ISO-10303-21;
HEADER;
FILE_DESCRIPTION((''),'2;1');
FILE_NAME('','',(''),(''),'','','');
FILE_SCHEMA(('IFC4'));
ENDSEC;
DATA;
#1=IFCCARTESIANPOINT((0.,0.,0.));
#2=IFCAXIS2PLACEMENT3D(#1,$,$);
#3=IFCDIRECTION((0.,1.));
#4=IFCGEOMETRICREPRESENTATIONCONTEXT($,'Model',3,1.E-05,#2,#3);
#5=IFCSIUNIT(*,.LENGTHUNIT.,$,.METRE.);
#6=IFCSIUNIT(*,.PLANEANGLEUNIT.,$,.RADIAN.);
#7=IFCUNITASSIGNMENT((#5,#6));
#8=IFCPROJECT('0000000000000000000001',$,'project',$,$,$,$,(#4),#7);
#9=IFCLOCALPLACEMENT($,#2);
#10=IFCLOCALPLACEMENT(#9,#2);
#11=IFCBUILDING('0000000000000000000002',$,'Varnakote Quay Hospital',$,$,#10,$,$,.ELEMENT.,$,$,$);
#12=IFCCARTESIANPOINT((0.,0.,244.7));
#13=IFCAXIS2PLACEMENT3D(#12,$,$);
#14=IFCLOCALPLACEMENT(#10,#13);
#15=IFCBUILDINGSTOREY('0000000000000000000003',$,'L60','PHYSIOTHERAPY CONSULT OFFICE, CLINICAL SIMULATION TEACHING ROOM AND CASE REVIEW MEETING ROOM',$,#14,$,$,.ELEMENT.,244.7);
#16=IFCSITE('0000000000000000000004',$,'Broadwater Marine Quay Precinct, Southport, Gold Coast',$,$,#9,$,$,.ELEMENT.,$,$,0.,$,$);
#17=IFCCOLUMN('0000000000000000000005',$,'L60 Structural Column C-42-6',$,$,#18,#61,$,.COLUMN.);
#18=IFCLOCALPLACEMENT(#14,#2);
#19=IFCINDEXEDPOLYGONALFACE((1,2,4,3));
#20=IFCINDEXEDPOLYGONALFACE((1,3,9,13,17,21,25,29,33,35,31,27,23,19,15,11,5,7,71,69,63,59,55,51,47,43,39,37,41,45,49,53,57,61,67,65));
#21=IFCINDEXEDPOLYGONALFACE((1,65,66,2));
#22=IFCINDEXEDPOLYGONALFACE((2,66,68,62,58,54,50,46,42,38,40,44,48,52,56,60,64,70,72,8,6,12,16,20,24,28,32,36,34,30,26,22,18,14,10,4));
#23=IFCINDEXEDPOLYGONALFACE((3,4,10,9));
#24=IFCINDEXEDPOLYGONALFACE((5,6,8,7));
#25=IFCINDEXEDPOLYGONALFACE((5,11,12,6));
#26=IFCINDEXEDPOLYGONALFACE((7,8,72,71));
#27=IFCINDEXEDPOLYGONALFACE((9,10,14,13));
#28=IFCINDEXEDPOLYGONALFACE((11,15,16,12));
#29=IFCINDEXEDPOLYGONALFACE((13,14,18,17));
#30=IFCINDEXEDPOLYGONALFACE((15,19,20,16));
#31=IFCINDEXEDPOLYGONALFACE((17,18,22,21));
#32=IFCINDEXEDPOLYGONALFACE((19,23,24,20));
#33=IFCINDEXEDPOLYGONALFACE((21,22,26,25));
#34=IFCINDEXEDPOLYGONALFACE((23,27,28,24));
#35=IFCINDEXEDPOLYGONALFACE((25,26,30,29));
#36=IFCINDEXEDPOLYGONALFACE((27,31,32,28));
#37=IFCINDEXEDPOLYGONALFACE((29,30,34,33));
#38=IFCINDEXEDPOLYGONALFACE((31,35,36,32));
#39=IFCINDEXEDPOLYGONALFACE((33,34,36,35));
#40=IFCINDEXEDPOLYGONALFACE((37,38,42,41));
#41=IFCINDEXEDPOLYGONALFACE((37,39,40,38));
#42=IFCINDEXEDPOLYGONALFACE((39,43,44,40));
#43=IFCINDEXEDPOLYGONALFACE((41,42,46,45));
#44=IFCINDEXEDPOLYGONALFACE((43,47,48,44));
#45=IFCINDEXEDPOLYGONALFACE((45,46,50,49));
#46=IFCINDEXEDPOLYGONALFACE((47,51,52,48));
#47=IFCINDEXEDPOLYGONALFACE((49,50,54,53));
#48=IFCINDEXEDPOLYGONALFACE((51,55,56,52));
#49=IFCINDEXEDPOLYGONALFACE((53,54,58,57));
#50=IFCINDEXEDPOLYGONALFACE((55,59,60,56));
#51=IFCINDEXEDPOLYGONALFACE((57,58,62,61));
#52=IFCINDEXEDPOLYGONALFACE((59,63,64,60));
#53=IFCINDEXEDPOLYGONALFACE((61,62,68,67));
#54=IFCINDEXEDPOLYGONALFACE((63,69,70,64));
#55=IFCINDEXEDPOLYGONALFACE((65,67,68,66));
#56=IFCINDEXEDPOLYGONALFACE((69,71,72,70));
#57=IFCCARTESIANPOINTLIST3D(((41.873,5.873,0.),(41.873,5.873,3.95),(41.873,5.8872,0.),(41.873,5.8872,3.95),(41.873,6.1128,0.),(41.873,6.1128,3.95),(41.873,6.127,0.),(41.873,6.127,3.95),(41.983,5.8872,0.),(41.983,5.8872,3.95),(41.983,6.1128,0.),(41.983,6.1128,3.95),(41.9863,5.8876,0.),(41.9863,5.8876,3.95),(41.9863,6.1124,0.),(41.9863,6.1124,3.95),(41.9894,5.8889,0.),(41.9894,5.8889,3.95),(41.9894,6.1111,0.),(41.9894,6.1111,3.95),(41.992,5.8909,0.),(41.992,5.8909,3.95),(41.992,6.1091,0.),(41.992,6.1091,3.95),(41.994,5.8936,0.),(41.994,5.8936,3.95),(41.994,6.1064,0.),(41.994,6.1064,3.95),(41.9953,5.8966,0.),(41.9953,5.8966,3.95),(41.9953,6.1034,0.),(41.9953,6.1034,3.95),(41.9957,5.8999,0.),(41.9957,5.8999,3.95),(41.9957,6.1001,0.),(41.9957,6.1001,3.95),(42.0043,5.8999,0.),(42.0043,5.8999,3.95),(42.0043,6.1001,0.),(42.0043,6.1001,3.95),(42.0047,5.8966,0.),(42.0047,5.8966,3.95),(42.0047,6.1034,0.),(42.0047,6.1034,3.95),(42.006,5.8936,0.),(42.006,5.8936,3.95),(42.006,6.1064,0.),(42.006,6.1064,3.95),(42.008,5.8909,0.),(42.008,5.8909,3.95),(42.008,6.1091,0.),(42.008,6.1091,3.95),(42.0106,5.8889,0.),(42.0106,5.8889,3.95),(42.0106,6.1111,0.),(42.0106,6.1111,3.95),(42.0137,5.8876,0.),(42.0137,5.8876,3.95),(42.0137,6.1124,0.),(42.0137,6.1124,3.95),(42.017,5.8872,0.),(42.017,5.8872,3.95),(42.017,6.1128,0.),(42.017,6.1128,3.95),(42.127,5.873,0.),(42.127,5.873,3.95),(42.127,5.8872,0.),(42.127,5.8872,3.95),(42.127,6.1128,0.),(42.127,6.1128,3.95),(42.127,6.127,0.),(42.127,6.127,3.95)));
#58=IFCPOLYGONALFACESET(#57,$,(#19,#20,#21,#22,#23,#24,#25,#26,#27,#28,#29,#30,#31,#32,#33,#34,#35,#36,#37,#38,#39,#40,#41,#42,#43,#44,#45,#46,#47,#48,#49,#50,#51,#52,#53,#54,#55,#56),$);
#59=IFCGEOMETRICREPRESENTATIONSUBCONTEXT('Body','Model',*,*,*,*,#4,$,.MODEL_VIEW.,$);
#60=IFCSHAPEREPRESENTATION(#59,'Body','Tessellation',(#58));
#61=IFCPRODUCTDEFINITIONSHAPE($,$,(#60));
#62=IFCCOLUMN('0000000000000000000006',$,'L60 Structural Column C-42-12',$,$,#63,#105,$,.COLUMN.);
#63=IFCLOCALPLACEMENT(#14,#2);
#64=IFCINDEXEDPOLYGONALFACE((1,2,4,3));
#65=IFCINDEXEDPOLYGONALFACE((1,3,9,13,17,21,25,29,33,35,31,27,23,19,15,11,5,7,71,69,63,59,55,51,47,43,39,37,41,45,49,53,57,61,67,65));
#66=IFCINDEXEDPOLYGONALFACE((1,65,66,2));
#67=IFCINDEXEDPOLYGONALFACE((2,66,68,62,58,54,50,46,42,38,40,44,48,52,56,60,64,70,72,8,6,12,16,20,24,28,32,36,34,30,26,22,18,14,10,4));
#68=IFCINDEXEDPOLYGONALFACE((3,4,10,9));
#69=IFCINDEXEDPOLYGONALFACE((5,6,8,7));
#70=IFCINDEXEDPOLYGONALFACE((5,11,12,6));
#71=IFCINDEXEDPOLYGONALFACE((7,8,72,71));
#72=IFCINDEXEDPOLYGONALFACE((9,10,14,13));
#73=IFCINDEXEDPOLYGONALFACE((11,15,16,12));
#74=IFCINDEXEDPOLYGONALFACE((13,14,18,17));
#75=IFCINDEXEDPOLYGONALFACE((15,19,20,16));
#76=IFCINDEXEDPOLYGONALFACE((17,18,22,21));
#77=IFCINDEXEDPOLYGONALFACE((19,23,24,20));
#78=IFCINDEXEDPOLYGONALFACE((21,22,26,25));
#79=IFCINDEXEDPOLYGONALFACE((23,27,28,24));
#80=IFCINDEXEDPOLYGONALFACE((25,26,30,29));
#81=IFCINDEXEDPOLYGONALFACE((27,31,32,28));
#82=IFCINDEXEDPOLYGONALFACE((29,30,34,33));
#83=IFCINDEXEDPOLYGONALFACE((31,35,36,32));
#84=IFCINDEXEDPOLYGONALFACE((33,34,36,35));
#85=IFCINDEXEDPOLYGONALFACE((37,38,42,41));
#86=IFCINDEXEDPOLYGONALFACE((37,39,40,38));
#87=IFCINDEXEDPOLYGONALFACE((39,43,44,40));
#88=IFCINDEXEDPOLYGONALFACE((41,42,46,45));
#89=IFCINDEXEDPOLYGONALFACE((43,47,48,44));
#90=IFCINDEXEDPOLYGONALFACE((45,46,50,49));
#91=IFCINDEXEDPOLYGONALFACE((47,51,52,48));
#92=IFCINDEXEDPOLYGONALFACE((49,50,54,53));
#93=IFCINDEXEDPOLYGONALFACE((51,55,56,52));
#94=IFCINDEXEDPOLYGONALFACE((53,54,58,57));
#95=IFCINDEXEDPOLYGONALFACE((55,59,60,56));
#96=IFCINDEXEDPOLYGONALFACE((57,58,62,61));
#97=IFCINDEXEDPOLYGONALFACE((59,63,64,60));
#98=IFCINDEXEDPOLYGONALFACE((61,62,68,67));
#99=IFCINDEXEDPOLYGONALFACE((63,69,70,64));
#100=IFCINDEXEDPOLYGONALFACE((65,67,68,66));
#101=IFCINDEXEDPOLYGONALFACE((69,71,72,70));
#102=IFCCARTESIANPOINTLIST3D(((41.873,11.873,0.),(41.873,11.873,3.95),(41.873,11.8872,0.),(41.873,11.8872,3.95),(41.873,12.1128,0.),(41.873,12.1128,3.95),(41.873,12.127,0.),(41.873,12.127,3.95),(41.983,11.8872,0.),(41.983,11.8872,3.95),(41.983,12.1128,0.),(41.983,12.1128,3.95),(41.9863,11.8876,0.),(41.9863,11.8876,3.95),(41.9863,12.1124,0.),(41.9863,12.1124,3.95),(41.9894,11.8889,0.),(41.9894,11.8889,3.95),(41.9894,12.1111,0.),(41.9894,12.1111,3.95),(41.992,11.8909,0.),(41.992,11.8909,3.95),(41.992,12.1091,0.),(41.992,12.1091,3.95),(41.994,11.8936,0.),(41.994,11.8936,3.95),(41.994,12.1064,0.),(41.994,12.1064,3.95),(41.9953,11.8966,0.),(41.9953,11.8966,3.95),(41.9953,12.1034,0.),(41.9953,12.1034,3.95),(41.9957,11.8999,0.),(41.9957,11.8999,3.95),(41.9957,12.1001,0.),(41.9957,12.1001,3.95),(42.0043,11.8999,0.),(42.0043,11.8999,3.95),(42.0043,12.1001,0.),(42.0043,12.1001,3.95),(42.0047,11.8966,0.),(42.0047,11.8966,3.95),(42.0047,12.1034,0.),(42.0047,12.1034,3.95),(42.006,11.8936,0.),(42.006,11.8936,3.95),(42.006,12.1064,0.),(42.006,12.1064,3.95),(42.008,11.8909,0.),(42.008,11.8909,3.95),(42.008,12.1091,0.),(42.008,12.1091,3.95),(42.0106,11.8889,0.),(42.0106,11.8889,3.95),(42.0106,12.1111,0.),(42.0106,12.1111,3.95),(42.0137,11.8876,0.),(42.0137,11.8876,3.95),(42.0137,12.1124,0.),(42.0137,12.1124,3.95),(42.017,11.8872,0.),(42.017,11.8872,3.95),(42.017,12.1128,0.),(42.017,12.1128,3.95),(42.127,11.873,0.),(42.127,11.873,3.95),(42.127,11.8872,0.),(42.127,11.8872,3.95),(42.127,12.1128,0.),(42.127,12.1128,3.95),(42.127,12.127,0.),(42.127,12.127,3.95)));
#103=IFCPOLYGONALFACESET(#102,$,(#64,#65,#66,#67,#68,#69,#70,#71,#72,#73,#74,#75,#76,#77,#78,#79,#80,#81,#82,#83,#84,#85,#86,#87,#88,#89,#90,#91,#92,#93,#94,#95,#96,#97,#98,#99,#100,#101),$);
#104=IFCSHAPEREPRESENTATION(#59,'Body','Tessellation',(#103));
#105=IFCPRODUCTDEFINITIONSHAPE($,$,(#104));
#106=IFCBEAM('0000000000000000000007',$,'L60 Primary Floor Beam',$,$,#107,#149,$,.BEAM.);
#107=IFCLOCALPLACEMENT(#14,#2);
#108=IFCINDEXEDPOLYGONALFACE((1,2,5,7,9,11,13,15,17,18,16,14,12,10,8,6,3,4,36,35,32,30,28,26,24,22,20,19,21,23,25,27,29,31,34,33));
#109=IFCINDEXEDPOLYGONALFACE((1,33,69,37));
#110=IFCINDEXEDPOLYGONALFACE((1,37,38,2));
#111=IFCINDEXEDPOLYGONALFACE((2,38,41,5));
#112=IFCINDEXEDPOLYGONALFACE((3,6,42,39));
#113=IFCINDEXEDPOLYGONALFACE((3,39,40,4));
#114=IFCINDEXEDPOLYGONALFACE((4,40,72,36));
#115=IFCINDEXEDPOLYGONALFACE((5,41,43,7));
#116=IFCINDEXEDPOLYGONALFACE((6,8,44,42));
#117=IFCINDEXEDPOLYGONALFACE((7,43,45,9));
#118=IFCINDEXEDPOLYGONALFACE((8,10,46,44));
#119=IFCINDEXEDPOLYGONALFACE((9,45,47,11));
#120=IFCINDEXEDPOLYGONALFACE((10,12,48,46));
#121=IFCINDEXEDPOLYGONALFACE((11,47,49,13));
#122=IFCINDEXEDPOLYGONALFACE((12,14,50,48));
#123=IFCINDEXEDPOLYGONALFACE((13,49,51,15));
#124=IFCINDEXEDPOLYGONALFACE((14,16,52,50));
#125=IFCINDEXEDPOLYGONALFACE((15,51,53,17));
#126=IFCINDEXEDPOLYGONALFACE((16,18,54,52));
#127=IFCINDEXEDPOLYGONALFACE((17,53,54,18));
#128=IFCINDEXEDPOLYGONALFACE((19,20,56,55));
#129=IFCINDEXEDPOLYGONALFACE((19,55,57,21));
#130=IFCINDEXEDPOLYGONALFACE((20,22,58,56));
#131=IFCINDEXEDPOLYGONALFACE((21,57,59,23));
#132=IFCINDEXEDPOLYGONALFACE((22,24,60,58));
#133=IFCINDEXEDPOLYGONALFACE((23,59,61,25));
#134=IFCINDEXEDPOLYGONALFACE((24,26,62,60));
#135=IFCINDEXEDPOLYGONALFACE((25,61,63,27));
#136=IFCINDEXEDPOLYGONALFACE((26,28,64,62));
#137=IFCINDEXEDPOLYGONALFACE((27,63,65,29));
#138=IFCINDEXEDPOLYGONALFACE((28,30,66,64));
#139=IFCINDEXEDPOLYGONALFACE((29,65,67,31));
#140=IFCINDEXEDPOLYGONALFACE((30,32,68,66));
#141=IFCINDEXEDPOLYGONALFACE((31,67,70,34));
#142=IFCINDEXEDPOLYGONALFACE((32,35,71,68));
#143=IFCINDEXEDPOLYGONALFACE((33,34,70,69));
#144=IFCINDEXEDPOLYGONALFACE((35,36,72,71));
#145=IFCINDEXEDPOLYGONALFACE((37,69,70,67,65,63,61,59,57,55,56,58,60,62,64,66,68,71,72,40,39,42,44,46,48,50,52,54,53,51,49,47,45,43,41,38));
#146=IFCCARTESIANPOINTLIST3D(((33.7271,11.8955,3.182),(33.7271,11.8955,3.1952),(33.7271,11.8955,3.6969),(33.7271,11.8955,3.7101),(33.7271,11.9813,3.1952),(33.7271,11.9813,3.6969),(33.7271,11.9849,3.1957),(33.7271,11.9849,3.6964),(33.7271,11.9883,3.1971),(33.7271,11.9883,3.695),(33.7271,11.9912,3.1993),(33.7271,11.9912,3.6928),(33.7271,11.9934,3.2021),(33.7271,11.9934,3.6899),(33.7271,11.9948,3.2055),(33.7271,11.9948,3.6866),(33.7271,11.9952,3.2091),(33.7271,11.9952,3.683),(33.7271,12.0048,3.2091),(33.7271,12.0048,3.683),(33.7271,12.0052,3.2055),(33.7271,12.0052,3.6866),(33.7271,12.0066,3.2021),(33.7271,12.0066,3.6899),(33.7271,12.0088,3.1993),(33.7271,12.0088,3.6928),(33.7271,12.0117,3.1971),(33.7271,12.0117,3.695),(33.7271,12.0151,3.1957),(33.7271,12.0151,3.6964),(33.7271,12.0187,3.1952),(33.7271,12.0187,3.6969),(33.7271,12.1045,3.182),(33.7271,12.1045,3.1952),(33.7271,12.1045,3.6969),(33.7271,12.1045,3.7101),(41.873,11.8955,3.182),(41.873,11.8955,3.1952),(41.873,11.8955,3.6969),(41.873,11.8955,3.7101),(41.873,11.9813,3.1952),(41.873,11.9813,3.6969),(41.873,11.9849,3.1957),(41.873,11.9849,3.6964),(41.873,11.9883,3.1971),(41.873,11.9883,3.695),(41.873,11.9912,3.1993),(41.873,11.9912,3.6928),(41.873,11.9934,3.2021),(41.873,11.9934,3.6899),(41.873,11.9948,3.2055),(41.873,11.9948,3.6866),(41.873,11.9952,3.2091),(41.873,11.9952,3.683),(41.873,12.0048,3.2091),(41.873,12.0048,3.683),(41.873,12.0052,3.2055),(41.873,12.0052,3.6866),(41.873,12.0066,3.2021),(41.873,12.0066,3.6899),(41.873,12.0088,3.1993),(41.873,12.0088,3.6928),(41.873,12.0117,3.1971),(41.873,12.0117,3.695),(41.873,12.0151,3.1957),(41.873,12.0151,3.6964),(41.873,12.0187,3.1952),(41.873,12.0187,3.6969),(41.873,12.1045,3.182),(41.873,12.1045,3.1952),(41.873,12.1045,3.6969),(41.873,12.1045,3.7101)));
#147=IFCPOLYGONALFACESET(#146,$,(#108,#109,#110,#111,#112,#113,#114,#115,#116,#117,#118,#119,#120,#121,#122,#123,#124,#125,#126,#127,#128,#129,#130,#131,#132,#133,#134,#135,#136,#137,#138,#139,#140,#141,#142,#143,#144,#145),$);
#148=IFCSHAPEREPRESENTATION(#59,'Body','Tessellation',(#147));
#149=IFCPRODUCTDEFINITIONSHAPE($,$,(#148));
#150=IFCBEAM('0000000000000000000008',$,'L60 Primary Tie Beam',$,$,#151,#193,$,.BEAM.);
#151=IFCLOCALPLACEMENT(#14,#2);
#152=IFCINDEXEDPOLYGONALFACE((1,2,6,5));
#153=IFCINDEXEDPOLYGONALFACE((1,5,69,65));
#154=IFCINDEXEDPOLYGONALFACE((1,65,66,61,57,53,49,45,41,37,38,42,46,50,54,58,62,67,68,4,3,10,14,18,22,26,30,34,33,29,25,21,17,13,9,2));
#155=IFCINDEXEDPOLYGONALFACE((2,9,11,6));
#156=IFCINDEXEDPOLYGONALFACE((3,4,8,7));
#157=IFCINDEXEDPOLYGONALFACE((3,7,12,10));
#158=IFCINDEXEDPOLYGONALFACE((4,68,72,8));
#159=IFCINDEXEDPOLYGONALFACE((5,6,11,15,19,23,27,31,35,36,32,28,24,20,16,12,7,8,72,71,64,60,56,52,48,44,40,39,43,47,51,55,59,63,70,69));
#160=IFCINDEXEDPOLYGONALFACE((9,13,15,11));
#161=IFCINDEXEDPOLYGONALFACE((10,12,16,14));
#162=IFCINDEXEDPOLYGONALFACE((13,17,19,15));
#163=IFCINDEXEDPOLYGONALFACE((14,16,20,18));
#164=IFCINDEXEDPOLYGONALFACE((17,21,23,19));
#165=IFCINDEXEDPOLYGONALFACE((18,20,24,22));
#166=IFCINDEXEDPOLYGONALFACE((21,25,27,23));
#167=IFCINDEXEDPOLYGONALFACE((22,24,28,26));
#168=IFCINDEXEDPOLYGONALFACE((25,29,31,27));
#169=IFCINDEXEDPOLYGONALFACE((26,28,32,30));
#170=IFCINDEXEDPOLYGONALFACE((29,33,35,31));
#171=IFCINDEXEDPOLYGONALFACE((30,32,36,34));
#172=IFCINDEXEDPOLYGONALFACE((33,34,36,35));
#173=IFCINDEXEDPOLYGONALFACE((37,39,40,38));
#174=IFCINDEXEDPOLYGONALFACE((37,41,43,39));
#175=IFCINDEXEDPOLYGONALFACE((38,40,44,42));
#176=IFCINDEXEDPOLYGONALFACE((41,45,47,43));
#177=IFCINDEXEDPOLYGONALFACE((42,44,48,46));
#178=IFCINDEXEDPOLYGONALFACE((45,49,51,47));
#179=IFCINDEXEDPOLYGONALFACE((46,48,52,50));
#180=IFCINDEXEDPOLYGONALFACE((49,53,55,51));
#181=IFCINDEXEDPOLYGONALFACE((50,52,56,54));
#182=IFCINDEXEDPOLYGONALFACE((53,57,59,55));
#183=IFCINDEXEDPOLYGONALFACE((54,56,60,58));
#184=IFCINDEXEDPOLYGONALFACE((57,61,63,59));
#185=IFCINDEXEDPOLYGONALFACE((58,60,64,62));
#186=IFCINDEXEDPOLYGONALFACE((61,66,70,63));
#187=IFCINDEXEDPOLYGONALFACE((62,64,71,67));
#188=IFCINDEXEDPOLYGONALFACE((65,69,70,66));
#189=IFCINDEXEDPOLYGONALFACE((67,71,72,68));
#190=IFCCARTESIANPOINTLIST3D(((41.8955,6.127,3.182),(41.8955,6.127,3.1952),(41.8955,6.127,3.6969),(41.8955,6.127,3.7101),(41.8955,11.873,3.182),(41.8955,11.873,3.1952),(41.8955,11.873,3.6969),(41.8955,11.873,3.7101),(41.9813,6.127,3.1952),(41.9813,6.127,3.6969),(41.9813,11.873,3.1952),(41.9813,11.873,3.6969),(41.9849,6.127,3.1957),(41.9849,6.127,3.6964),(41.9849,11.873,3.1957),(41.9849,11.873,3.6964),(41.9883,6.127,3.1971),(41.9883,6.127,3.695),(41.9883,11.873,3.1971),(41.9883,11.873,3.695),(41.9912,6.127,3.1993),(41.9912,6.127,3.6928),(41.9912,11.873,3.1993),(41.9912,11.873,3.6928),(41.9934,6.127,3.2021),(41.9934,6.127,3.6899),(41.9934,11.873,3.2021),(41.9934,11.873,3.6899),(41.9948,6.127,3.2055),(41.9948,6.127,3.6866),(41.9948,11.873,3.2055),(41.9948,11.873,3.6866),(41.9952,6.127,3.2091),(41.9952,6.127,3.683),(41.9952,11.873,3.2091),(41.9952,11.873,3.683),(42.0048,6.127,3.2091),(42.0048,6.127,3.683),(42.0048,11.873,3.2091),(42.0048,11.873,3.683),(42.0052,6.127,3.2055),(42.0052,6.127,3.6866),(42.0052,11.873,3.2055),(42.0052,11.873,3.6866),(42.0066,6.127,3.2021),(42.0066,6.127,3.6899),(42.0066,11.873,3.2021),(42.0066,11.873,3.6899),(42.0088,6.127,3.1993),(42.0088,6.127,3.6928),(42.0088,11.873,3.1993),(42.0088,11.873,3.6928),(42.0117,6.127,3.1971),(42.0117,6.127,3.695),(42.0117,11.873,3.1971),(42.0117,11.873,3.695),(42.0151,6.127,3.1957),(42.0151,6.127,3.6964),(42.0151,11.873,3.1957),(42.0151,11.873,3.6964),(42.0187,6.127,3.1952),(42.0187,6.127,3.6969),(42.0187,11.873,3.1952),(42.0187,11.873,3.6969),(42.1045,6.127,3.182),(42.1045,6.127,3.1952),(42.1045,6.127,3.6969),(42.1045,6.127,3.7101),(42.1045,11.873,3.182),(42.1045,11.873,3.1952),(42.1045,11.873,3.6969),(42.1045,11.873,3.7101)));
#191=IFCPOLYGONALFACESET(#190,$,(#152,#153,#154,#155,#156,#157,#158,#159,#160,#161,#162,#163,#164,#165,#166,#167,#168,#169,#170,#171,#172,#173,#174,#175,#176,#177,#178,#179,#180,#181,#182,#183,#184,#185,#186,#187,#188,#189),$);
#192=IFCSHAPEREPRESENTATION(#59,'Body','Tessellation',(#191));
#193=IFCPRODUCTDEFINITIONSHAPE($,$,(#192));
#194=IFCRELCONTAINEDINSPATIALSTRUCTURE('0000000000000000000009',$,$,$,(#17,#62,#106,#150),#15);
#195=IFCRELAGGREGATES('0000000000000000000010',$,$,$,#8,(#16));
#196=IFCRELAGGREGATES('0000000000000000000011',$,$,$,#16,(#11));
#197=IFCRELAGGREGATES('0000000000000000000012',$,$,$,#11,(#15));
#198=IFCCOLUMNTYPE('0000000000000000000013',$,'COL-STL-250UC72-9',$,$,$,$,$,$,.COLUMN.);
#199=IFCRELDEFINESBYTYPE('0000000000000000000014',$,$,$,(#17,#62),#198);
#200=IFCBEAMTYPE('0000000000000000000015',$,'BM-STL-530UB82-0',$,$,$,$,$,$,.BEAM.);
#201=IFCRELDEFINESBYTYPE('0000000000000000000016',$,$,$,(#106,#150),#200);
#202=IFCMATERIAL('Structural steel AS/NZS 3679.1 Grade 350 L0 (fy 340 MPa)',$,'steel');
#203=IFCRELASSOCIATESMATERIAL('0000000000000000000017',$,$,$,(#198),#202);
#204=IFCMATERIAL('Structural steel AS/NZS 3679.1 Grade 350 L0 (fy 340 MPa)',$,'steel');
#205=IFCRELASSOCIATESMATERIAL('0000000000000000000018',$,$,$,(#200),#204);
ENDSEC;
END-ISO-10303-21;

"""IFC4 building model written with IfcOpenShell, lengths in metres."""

from ifc_helpers import new_model, si_unit, direction, frame, origin, origin_2d, place, context, subcontext, project, spatial, i_section, extrude, material, material_profile, profile_set, type_object, element, save


model = new_model("IFC4")

# Units and contexts
model_context = context("Model", 3, precision=1e-05, world=origin(), true_north=direction((0.0, 1.0)))
body_context = subcontext(model_context, "Body", "Model", "MODEL_VIEW")
ifc_project = project(units=[si_unit("LENGTHUNIT", "METRE"), si_unit("PLANEANGLEUNIT", "RADIAN")], contexts=[model_context])

# Site, building, storey
site_placement = place(None, origin())
site = spatial("IfcSite", under=ifc_project, at=site_placement, Name="Broadwater Marine Quay Precinct, Southport, Gold Coast", CompositionType="ELEMENT", RefElevation=0.0)
building_placement = place(site_placement, origin())
building = spatial("IfcBuilding", under=site, at=building_placement, Name="Varnakote Quay Hospital", CompositionType="ELEMENT")
storey_placement = place(building_placement, frame((0.0, 0.0, 244.7)))
storey = spatial("IfcBuildingStorey", under=building, at=storey_placement, Name="L60", Description="PHYSIOTHERAPY CONSULT OFFICE, CLINICAL SIMULATION TEACHING ROOM AND CASE REVIEW MEETING ROOM", CompositionType="ELEMENT", Elevation=244.7)

# Columns
ifc_material_1 = material(Name="Structural steel AS/NZS 3679.1 Grade 350 L0 (fy 340 MPa)", Category="steel")
ifc_material_profile_1 = material_profile(ifc_material_1, i_section(OverallWidth=0.2539, OverallDepth=0.2539, WebThickness=0.0085, FlangeThickness=0.0142, FilletRadius=0.0127, at=origin_2d()), Name="250UC72.9")
ifc_profile_set_1 = profile_set([ifc_material_profile_1], Name="Structural steel AS/NZS 3679.1 Grade 350 L0 (fy 340 MPa)")
column_type = type_object("IfcColumnType", Name="COL-STL-250UC72-9", PredefinedType="COLUMN", material=ifc_profile_set_1)
for number, where, z_axis, x_axis, name in (
    (1, (42.0, 6.0, 0.0), (0.0, 0.0, 1.0), (1.0, 0.0, 0.0), "L60 Structural Column C-42-6"),
    (2, (42.0, 12.0, 0.0), (0.0, 0.0, 1.0), (1.0, 0.0, 0.0), "L60 Structural Column C-42-12"),
):
    element("IfcColumn", number, at=place(storey_placement, frame(where, z_axis=z_axis, x_axis=x_axis)), inside=storey, type_object=column_type, Name=name, PredefinedType="COLUMN", context=body_context, shape_type="SweptSolid", body=[
        extrude(i_section(OverallWidth=0.2539, OverallDepth=0.2539, WebThickness=0.0085, FlangeThickness=0.0142, FilletRadius=0.0127, at=origin_2d()), origin(), (0.0, 0.0, 1.0), 3.95),
    ])

# Beams
ifc_material_2 = material(Name="Structural steel AS/NZS 3679.1 Grade 350 L0 (fy 340 MPa)", Category="steel")
ifc_material_profile_2 = material_profile(ifc_material_2, i_section(OverallWidth=0.209, OverallDepth=0.5281, WebThickness=0.0095, FlangeThickness=0.0132, FilletRadius=0.0139, at=origin_2d()), Name="530UB82.0")
ifc_profile_set_2 = profile_set([ifc_material_profile_2], Name="Structural steel AS/NZS 3679.1 Grade 350 L0 (fy 340 MPa)")
beam_type_1 = type_object("IfcBeamType", Name="BM-STL-530UB82-0", PredefinedType="BEAM", material=ifc_profile_set_2)
beam_1_placement = place(storey_placement, frame((33.7271, 12.0, 3.446), z_axis=(1.0, 0.0, 0.0), x_axis=(0.0, 1.0, 0.0)))
element("IfcBeam", 3, at=beam_1_placement, inside=storey, type_object=beam_type_1, Name="L60 Primary Floor Beam", PredefinedType="BEAM", context=body_context, shape_type="SweptSolid", body=[
    extrude(i_section(OverallWidth=0.209, OverallDepth=0.5281, WebThickness=0.0095, FlangeThickness=0.0132, FilletRadius=0.0139, at=origin_2d()), origin(), (0.0, 0.0, 1.0), 8.146),
])
beam_2_placement = place(storey_placement, frame((42.0, 6.127, 3.446), z_axis=(0.0, 1.0, 0.0), x_axis=(-1.0, 0.0, 0.0)))
element("IfcBeam", 4, at=beam_2_placement, inside=storey, type_object=beam_type_1, Name="L60 Primary Tie Beam", PredefinedType="BEAM", context=body_context, shape_type="SweptSolid", body=[
    extrude(i_section(OverallWidth=0.209, OverallDepth=0.5281, WebThickness=0.0095, FlangeThickness=0.0132, FilletRadius=0.0139, at=origin_2d()), origin(), (0.0, 0.0, 1.0), 5.7461),
])

save(model, "model.ifc")
